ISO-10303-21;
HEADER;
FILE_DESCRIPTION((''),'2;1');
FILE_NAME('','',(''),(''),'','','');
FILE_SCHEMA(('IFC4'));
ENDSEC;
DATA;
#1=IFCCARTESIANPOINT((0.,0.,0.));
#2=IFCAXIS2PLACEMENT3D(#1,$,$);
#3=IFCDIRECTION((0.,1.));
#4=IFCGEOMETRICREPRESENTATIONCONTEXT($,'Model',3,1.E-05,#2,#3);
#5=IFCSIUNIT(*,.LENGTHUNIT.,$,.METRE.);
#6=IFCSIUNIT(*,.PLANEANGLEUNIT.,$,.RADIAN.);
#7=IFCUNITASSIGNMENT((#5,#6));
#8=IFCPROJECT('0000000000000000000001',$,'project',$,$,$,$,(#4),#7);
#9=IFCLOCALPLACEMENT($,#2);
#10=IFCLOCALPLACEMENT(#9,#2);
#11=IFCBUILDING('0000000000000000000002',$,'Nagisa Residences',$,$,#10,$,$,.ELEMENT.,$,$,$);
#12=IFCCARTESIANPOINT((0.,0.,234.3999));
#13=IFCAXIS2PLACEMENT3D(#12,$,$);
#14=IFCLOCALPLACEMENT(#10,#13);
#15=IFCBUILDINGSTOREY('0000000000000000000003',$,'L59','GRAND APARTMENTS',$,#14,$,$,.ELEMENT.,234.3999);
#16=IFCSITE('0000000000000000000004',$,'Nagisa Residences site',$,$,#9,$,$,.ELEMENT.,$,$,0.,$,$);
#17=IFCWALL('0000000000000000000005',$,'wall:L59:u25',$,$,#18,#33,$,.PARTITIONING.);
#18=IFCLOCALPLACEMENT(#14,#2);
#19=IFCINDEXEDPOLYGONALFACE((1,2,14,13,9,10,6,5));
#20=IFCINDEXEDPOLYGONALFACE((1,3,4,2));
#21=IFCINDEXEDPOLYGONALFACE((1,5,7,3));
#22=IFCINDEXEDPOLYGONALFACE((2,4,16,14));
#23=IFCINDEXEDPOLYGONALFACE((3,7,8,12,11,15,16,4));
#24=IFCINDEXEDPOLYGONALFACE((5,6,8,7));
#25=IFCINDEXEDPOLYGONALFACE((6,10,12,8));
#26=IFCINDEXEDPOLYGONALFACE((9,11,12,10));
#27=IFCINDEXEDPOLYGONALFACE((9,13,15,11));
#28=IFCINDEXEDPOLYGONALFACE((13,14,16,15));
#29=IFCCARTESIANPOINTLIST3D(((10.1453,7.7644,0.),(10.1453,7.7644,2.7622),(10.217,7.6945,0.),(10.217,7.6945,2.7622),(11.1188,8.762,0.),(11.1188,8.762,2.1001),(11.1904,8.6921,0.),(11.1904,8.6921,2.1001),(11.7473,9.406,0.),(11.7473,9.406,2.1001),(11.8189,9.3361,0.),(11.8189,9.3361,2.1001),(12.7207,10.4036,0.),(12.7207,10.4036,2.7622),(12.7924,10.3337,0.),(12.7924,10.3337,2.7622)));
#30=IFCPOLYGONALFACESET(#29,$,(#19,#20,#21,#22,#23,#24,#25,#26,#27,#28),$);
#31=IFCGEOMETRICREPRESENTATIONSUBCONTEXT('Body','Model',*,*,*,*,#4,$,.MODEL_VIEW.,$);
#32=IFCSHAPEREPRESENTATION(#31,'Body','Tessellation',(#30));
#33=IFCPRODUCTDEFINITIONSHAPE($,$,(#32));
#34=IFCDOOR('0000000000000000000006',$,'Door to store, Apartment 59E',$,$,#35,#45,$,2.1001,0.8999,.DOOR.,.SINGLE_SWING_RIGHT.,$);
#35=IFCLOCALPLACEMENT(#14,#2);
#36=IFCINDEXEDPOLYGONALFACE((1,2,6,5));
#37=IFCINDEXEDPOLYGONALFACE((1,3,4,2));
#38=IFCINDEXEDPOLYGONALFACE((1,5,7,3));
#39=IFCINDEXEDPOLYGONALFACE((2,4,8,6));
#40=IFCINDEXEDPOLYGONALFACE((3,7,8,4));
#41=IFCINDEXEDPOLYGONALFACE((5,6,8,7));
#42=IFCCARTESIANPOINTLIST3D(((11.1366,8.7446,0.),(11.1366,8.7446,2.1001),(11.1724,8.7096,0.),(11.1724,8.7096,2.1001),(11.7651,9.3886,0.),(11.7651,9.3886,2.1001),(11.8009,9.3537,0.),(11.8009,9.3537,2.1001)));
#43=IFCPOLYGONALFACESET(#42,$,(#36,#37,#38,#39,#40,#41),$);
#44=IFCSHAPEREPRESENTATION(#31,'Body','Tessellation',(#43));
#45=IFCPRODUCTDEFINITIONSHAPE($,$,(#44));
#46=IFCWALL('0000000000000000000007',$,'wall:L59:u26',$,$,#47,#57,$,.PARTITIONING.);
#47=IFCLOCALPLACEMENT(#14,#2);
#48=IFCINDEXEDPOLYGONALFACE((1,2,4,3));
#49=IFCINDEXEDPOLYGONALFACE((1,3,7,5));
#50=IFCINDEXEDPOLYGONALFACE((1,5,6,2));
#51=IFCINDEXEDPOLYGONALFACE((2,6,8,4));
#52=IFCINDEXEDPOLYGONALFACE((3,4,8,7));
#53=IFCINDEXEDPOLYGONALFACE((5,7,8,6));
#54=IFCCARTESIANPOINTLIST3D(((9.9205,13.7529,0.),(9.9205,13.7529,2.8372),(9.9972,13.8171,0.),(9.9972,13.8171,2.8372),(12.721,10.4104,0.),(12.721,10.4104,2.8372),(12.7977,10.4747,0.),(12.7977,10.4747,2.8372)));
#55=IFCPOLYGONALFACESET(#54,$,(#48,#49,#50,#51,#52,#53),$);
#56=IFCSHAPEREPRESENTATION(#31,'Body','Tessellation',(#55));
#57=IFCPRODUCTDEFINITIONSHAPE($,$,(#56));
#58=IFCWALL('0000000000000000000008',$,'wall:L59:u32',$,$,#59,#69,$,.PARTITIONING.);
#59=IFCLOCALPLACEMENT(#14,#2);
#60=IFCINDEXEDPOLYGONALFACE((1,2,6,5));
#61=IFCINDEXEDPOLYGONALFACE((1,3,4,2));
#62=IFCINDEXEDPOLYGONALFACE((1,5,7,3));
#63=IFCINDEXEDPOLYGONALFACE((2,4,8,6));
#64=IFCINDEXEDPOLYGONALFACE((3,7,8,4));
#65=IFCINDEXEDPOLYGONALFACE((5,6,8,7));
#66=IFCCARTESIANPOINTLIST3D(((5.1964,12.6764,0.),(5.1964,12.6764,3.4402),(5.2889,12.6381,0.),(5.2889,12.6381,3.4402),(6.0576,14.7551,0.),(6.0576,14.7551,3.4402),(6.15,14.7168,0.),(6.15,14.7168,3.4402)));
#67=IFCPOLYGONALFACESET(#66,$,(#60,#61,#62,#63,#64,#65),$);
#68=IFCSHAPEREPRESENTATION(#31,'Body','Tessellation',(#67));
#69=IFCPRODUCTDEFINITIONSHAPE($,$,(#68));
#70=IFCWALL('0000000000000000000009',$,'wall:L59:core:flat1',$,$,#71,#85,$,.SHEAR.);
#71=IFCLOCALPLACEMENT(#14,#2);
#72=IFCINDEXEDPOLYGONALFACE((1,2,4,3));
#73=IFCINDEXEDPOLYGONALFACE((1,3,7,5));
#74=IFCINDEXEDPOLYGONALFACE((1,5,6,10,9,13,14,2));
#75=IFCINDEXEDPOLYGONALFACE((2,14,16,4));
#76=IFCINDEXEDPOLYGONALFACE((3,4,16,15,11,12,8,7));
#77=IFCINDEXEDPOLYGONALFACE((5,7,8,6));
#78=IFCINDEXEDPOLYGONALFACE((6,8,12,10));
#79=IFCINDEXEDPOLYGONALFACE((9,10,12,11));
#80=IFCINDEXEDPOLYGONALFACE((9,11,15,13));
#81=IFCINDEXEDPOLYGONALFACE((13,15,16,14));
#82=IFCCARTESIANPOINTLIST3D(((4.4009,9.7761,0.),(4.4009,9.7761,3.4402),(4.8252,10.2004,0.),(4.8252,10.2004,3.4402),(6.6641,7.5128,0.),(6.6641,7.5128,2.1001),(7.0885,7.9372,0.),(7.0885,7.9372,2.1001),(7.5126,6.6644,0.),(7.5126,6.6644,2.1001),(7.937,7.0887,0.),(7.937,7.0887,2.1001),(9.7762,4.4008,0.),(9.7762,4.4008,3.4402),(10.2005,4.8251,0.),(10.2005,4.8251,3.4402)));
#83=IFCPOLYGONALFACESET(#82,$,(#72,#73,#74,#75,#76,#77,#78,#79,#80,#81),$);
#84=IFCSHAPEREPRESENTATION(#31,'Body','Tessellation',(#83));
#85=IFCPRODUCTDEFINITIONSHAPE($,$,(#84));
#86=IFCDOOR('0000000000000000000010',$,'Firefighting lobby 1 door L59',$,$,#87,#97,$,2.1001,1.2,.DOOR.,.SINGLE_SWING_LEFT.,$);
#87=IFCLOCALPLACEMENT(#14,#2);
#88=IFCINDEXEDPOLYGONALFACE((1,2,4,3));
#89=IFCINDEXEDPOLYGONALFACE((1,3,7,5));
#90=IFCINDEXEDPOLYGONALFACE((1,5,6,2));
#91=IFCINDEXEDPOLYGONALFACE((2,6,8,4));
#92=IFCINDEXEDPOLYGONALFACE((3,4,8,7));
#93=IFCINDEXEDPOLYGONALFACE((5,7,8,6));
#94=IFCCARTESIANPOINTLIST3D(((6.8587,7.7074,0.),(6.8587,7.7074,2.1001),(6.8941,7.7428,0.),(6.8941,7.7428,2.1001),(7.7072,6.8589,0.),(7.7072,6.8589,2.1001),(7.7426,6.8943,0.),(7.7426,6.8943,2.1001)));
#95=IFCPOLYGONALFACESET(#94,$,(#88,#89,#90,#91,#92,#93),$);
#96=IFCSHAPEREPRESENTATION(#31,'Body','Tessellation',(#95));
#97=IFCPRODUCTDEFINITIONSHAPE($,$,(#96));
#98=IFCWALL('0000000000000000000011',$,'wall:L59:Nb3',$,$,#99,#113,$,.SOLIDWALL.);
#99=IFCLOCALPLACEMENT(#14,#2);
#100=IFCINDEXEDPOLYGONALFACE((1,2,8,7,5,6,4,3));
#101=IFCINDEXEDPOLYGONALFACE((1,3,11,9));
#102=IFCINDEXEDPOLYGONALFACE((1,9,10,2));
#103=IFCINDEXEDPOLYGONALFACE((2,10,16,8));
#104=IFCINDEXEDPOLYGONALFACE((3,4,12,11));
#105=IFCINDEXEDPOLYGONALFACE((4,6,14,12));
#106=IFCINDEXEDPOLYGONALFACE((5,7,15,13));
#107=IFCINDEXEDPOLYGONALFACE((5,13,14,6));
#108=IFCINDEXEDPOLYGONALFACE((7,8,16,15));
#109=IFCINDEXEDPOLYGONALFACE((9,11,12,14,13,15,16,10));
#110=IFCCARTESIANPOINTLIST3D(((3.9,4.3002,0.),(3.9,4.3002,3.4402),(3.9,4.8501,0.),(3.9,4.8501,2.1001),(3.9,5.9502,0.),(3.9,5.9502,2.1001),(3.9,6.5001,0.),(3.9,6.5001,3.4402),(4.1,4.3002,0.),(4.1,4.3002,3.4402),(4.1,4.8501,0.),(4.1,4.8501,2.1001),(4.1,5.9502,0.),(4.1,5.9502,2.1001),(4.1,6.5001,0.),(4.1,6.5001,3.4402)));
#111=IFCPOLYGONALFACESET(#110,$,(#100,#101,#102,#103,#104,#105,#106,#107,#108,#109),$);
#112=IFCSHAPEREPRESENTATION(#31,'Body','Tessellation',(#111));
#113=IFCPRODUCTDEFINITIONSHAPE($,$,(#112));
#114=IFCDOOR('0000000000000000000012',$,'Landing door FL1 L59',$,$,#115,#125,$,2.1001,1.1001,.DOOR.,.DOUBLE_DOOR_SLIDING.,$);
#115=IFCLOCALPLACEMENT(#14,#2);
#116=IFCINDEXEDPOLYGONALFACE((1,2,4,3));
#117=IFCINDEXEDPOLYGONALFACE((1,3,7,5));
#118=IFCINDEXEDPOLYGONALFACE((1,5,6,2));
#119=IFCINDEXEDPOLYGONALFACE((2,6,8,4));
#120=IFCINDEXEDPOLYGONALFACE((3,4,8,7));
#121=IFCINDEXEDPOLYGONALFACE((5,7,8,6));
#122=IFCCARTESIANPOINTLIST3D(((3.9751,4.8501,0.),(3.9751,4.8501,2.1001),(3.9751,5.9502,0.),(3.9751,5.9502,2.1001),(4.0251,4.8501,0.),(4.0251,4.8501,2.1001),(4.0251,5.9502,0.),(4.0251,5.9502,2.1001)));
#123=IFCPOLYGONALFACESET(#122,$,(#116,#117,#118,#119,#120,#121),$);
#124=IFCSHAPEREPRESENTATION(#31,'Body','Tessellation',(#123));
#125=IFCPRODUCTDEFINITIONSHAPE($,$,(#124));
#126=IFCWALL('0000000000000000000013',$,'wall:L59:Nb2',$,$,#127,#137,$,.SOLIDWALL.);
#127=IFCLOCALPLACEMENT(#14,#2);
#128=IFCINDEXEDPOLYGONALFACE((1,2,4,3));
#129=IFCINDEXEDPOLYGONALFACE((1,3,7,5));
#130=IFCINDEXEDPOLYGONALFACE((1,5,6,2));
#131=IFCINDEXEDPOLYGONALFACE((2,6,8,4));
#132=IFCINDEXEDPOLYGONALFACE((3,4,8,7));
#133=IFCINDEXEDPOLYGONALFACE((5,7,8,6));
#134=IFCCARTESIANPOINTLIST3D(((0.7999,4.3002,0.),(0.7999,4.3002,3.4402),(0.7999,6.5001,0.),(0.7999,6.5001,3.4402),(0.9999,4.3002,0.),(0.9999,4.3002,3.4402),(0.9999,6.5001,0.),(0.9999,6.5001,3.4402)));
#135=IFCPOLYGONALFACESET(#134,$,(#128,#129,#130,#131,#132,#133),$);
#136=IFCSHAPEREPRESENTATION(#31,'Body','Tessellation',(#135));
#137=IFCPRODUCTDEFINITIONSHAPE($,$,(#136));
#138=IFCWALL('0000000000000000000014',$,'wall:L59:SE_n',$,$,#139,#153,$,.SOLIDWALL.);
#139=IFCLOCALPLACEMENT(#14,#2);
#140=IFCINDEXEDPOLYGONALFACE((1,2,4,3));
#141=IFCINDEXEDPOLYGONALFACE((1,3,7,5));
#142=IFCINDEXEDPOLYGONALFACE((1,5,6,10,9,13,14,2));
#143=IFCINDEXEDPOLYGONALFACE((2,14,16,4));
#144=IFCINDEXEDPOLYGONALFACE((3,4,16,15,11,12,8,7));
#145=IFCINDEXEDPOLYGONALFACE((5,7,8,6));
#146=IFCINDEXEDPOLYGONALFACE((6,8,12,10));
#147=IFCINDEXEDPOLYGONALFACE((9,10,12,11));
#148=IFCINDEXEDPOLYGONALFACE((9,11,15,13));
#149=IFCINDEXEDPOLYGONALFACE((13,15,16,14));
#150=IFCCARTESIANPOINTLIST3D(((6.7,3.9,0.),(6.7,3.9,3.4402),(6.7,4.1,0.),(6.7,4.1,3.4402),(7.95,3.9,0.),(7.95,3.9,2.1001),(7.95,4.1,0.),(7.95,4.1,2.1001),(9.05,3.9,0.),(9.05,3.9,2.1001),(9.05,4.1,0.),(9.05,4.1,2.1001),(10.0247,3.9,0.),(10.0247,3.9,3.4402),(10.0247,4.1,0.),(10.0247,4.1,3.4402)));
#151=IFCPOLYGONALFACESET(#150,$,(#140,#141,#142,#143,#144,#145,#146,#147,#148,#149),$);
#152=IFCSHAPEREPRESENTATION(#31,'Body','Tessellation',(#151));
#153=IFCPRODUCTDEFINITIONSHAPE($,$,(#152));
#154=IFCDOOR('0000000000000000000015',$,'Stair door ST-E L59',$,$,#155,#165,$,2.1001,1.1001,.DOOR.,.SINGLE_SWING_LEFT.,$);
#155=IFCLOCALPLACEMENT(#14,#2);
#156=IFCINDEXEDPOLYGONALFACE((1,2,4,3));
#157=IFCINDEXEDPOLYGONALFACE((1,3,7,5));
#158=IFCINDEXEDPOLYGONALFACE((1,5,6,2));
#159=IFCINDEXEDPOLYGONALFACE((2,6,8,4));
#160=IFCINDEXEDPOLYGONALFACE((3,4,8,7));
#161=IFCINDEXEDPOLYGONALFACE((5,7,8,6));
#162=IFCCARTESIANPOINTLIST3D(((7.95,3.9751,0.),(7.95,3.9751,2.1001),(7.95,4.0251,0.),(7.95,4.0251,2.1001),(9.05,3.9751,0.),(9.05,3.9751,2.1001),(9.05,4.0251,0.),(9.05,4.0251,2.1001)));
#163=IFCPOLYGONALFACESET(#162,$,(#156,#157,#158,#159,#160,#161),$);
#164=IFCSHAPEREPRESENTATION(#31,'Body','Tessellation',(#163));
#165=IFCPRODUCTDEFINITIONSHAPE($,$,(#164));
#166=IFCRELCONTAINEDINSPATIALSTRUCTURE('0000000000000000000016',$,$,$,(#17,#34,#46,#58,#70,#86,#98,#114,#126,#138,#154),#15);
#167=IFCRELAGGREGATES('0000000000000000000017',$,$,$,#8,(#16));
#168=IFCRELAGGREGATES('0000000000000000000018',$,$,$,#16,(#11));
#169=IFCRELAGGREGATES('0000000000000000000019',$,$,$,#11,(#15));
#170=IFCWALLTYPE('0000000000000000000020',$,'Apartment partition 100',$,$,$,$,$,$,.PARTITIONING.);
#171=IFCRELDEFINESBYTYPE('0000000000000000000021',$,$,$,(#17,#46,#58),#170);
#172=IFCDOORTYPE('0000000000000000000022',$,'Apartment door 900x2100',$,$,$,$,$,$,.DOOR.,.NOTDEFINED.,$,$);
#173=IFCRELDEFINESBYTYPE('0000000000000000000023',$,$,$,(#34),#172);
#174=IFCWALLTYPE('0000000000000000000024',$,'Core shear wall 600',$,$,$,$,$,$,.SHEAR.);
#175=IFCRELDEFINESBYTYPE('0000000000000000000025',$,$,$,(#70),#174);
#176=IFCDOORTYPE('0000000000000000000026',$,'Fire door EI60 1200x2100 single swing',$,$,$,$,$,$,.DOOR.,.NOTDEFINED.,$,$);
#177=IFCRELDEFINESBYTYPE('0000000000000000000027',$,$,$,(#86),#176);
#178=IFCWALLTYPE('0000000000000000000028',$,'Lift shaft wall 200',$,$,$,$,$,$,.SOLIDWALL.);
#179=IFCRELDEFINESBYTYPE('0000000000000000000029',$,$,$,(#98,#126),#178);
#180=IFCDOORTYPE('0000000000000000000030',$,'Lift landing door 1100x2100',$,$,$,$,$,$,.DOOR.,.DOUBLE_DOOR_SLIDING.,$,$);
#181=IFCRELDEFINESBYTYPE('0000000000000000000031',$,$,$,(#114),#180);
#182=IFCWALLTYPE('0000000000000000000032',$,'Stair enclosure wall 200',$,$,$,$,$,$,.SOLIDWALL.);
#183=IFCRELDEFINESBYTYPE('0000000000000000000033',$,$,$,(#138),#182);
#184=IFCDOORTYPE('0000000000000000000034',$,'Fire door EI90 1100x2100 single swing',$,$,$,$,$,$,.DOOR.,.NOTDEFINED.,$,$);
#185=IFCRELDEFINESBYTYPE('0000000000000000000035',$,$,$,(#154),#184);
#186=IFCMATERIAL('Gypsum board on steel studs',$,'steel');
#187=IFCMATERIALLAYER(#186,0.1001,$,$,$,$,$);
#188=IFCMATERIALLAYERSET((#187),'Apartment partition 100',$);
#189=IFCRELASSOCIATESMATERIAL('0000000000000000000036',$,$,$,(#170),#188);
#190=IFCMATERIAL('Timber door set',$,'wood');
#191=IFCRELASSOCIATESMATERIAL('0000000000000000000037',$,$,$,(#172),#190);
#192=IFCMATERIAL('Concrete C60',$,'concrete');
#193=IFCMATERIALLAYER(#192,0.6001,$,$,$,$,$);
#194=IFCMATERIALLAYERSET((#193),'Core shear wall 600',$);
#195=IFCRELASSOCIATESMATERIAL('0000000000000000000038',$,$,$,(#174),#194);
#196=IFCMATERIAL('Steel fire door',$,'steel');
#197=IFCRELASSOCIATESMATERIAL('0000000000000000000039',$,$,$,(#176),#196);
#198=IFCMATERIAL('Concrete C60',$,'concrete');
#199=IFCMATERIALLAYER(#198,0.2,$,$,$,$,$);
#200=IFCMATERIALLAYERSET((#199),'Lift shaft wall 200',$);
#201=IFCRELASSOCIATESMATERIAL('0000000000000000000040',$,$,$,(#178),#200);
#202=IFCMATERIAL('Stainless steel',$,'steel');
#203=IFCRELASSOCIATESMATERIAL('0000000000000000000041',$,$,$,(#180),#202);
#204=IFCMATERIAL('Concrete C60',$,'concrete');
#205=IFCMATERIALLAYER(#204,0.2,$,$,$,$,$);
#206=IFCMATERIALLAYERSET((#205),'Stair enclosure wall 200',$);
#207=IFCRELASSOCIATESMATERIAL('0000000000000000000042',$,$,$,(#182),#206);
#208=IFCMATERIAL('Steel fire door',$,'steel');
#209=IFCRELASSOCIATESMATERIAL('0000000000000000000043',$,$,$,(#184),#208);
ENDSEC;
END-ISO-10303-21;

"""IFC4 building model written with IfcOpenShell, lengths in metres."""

from ifc_helpers import new_model, si_unit, direction, frame, frame_2d, origin, place, context, subcontext, project, spatial, rectangle, extrude, material, layer, layer_set, type_object, element, fill, save


model = new_model("IFC4")

# Units and contexts
model_context = context("Model", 3, precision=1e-05, world=origin(), true_north=direction((0.0, 1.0)))
body_context = subcontext(model_context, "Body", "Model", "MODEL_VIEW")
ifc_project = project(units=[si_unit("LENGTHUNIT", "METRE"), si_unit("PLANEANGLEUNIT", "RADIAN")], contexts=[model_context])

# Site, building, storey
site_placement = place(None, origin())
site = spatial("IfcSite", under=ifc_project, at=site_placement, Name="Nagisa Residences site", CompositionType="ELEMENT", RefElevation=0.0)
building_placement = place(site_placement, origin())
building = spatial("IfcBuilding", under=site, at=building_placement, Name="Nagisa Residences", CompositionType="ELEMENT")
storey_placement = place(building_placement, frame((0.0, 0.0, 234.3999)))
storey = spatial("IfcBuildingStorey", under=building, at=storey_placement, Name="L59", Description="GRAND APARTMENTS", CompositionType="ELEMENT", Elevation=234.3999)

# Shared definitions
ifc_material_1 = material(Name="Gypsum board on steel studs", Category="steel")
ifc_layer_1 = layer(ifc_material_1, 0.1001)
ifc_layer_set_1 = layer_set([ifc_layer_1], Name="Apartment partition 100")
wall_type_1 = type_object("IfcWallType", Name="Apartment partition 100", PredefinedType="PARTITIONING", material=ifc_layer_set_1)
ifc_material_2 = material(Name="Timber door set", Category="wood")
door_type_1 = type_object("IfcDoorType", Name="Apartment door 900x2100", OperationType="NOTDEFINED", PredefinedType="DOOR", material=ifc_material_2)

# Wall, opening, door
wall_1_placement = place(storey_placement, frame((10.1812, 7.7295, 0.0), z_axis=(0.0, 0.0, 1.0), x_axis=(0.698414, 0.715694, 0.0)))
wall_1 = element("IfcWall", 1, at=wall_1_placement, inside=storey, type_object=wall_type_1, Name="wall:L59:u25", PredefinedType="PARTITIONING", context=body_context, shape_type="SweptSolid", body=[
    extrude(rectangle(XDim=3.6875, YDim=0.1001, at=frame_2d((1.8438, 0.0))), origin(), (0.0, 0.0, 1.0), 2.7622),
])
opening_1_placement = place(wall_1_placement, frame((1.3938, 0.0, 0.0)))
opening_1 = element("IfcOpeningElement", 2, at=opening_1_placement, cuts=wall_1, PredefinedType="OPENING", context=body_context, shape_type="SweptSolid", body=[
    extrude(rectangle(XDim=0.8999, YDim=2.1001, at=frame_2d((0.45, 1.05))), frame((0.0, 0.0601, 0.0), z_axis=(0.0, -1.0, 0.0), x_axis=(1.0, 0.0, 0.0)), (0.0, 0.0, 1.0), 0.1201),
])
door_1_placement = place(opening_1_placement, frame((0.8999, 0.0, 0.0), x_axis=(-1.0, 0.0, 0.0)))
door_1 = element("IfcDoor", 3, at=door_1_placement, inside=storey, type_object=door_type_1, Name="Door to store, Apartment 59E", OperationType="SINGLE_SWING_RIGHT", OverallHeight=2.1001, OverallWidth=0.8999, PredefinedType="DOOR", context=body_context, shape_type="SweptSolid", body=[
    extrude(rectangle(XDim=0.8999, YDim=2.1001, at=frame_2d((0.45, 1.05))), frame((0.0, 0.0249, 0.0), z_axis=(0.0, -1.0, 0.0), x_axis=(1.0, 0.0, 0.0)), (0.0, 0.0, 1.0), 0.05),
])
fill(opening_1, door_1)

# Walls
wall_2_placement = place(storey_placement, frame((12.7593, 10.4426, 0.0), z_axis=(0.0, 0.0, 1.0), x_axis=(-0.642225, 0.766516, 0.0)))
element("IfcWall", 4, at=wall_2_placement, inside=storey, type_object=wall_type_1, Name="wall:L59:u26", PredefinedType="PARTITIONING", context=body_context, shape_type="SweptSolid", body=[
    extrude(rectangle(XDim=4.3606, YDim=0.1001, at=frame_2d((2.1802, 0.0))), origin(), (0.0, 0.0, 1.0), 2.8372),
])
wall_3_placement = place(storey_placement, frame((5.2427, 12.6572, 0.0), z_axis=(0.0, 0.0, 1.0), x_axis=(0.382719, 0.923865, 0.0)))
element("IfcWall", 5, at=wall_3_placement, inside=storey, type_object=wall_type_1, Name="wall:L59:u32", PredefinedType="PARTITIONING", context=body_context, shape_type="SweptSolid", body=[
    extrude(rectangle(XDim=2.25, YDim=0.1001, at=frame_2d((1.125, 0.0))), origin(), (0.0, 0.0, 1.0), 3.4402),
])

# Walls, openings, doors
ifc_material_3 = material(Name="Concrete C60", Category="concrete")
ifc_layer_2 = layer(ifc_material_3, 0.6001)
ifc_layer_set_2 = layer_set([ifc_layer_2], Name="Core shear wall 600")
wall_type_2 = type_object("IfcWallType", Name="Core shear wall 600", PredefinedType="SHEAR", material=ifc_layer_set_2)
wall_4_placement = place(storey_placement, frame((9.9883, 4.613, 0.0), z_axis=(0.0, 0.0, 1.0), x_axis=(-0.707107, 0.707107, 0.0)))
wall_4 = element("IfcWall", 6, at=wall_4_placement, inside=storey, type_object=wall_type_2, Name="wall:L59:core:flat1", PredefinedType="SHEAR", context=body_context, shape_type="SweptSolid", body=[
    extrude(rectangle(XDim=7.6018, YDim=0.6001, at=frame_2d((3.8008, 0.0))), origin(), (0.0, 0.0, 1.0), 3.4402),
])
opening_2_placement = place(wall_4_placement, frame((3.2009, 0.0, 0.0)))
opening_2 = element("IfcOpeningElement", 7, at=opening_2_placement, cuts=wall_4, PredefinedType="OPENING", context=body_context, shape_type="SweptSolid", body=[
    extrude(rectangle(XDim=1.2, YDim=2.1001, at=frame_2d((0.6001, 1.05))), frame((0.0, 0.3101, 0.0), z_axis=(0.0, -1.0, 0.0), x_axis=(1.0, 0.0, 0.0)), (0.0, 0.0, 1.0), 0.6201),
])
ifc_material_4 = material(Name="Steel fire door", Category="steel")
door_type_2 = type_object("IfcDoorType", Name="Fire door EI60 1200x2100 single swing", OperationType="NOTDEFINED", PredefinedType="DOOR", material=ifc_material_4)
door_2_placement = place(opening_2_placement, origin())
door_2 = element("IfcDoor", 8, at=door_2_placement, inside=storey, type_object=door_type_2, Name="Firefighting lobby 1 door L59", OperationType="SINGLE_SWING_LEFT", OverallHeight=2.1001, OverallWidth=1.2, PredefinedType="DOOR", context=body_context, shape_type="SweptSolid", body=[
    extrude(rectangle(XDim=1.2, YDim=2.1001, at=frame_2d((0.6001, 1.05))), frame((0.0, 0.0249, 0.0), z_axis=(0.0, -1.0, 0.0), x_axis=(1.0, 0.0, 0.0)), (0.0, 0.0, 1.0), 0.05),
])
fill(opening_2, door_2)
ifc_material_5 = material(Name="Concrete C60", Category="concrete")
ifc_layer_3 = layer(ifc_material_5, 0.2)
ifc_layer_set_3 = layer_set([ifc_layer_3], Name="Lift shaft wall 200")
wall_type_3 = type_object("IfcWallType", Name="Lift shaft wall 200", PredefinedType="SOLIDWALL", material=ifc_layer_set_3)
wall_5_placement = place(storey_placement, frame((4.0, 4.3, 0.0), z_axis=(0.0, 0.0, 1.0), x_axis=(0.0, 1.0, 0.0)))
wall_5 = element("IfcWall", 9, at=wall_5_placement, inside=storey, type_object=wall_type_3, Name="wall:L59:Nb3", PredefinedType="SOLIDWALL", context=body_context, shape_type="SweptSolid", body=[
    extrude(rectangle(XDim=2.2, YDim=0.2, at=frame_2d((1.1001, 0.0))), origin(), (0.0, 0.0, 1.0), 3.4402),
])
opening_3_placement = place(wall_5_placement, frame((0.55, 0.0, 0.0)))
opening_3 = element("IfcOpeningElement", 10, at=opening_3_placement, cuts=wall_5, PredefinedType="OPENING", context=body_context, shape_type="SweptSolid", body=[
    extrude(rectangle(XDim=1.1001, YDim=2.1001, at=frame_2d((0.55, 1.05))), frame((0.0, 0.1099, 0.0), z_axis=(0.0, -1.0, 0.0), x_axis=(1.0, 0.0, 0.0)), (0.0, 0.0, 1.0), 0.22),
])
ifc_material_6 = material(Name="Stainless steel", Category="steel")
door_type_3 = type_object("IfcDoorType", Name="Lift landing door 1100x2100", OperationType="DOUBLE_DOOR_SLIDING", PredefinedType="DOOR", material=ifc_material_6)
door_3_placement = place(opening_3_placement, origin())
door_3 = element("IfcDoor", 11, at=door_3_placement, inside=storey, type_object=door_type_3, Name="Landing door FL1 L59", OperationType="DOUBLE_DOOR_SLIDING", OverallHeight=2.1001, OverallWidth=1.1001, PredefinedType="DOOR", context=body_context, shape_type="SweptSolid", body=[
    extrude(rectangle(XDim=1.1001, YDim=2.1001, at=frame_2d((0.55, 1.05))), frame((0.0, 0.0249, 0.0), z_axis=(0.0, -1.0, 0.0), x_axis=(1.0, 0.0, 0.0)), (0.0, 0.0, 1.0), 0.05),
])
fill(opening_3, door_3)

# Wall
wall_6_placement = place(storey_placement, frame((0.8999, 4.3, 0.0), z_axis=(0.0, 0.0, 1.0), x_axis=(0.0, 1.0, 0.0)))
element("IfcWall", 12, at=wall_6_placement, inside=storey, type_object=wall_type_3, Name="wall:L59:Nb2", PredefinedType="SOLIDWALL", context=body_context, shape_type="SweptSolid", body=[
    extrude(rectangle(XDim=2.2, YDim=0.2, at=frame_2d((1.1001, 0.0))), origin(), (0.0, 0.0, 1.0), 3.4402),
])

# Wall, opening, door
ifc_material_7 = material(Name="Concrete C60", Category="concrete")
ifc_layer_4 = layer(ifc_material_7, 0.2)
ifc_layer_set_4 = layer_set([ifc_layer_4], Name="Stair enclosure wall 200")
wall_type_4 = type_object("IfcWallType", Name="Stair enclosure wall 200", PredefinedType="SOLIDWALL", material=ifc_layer_set_4)
wall_7_placement = place(storey_placement, frame((6.7, 4.0, 0.0), z_axis=(0.0, 0.0, 1.0), x_axis=(1.0, 0.0, 0.0)))
wall_7 = element("IfcWall", 13, at=wall_7_placement, inside=storey, type_object=wall_type_4, Name="wall:L59:SE_n", PredefinedType="SOLIDWALL", context=body_context, shape_type="SweptSolid", body=[
    extrude(rectangle(XDim=3.3247, YDim=0.2, at=frame_2d((1.6624, 0.0))), origin(), (0.0, 0.0, 1.0), 3.4402),
])
opening_4_placement = place(wall_7_placement, frame((1.25, 0.0, 0.0)))
opening_4 = element("IfcOpeningElement", 14, at=opening_4_placement, cuts=wall_7, PredefinedType="OPENING", context=body_context, shape_type="SweptSolid", body=[
    extrude(rectangle(XDim=1.1001, YDim=2.1001, at=frame_2d((0.55, 1.05))), frame((0.0, 0.1099, 0.0), z_axis=(0.0, -1.0, 0.0), x_axis=(1.0, 0.0, 0.0)), (0.0, 0.0, 1.0), 0.22),
])
ifc_material_8 = material(Name="Steel fire door", Category="steel")
door_type_4 = type_object("IfcDoorType", Name="Fire door EI90 1100x2100 single swing", OperationType="NOTDEFINED", PredefinedType="DOOR", material=ifc_material_8)
door_4_placement = place(opening_4_placement, frame((1.1001, 0.0, 0.0), x_axis=(-1.0, 0.0, 0.0)))
door_4 = element("IfcDoor", 15, at=door_4_placement, inside=storey, type_object=door_type_4, Name="Stair door ST-E L59", OperationType="SINGLE_SWING_LEFT", OverallHeight=2.1001, OverallWidth=1.1001, PredefinedType="DOOR", context=body_context, shape_type="SweptSolid", body=[
    extrude(rectangle(XDim=1.1001, YDim=2.1001, at=frame_2d((0.55, 1.05))), frame((0.0, 0.0249, 0.0), z_axis=(0.0, -1.0, 0.0), x_axis=(1.0, 0.0, 0.0)), (0.0, 0.0, 1.0), 0.05),
])
fill(opening_4, door_4)

save(model, "model.ifc")
